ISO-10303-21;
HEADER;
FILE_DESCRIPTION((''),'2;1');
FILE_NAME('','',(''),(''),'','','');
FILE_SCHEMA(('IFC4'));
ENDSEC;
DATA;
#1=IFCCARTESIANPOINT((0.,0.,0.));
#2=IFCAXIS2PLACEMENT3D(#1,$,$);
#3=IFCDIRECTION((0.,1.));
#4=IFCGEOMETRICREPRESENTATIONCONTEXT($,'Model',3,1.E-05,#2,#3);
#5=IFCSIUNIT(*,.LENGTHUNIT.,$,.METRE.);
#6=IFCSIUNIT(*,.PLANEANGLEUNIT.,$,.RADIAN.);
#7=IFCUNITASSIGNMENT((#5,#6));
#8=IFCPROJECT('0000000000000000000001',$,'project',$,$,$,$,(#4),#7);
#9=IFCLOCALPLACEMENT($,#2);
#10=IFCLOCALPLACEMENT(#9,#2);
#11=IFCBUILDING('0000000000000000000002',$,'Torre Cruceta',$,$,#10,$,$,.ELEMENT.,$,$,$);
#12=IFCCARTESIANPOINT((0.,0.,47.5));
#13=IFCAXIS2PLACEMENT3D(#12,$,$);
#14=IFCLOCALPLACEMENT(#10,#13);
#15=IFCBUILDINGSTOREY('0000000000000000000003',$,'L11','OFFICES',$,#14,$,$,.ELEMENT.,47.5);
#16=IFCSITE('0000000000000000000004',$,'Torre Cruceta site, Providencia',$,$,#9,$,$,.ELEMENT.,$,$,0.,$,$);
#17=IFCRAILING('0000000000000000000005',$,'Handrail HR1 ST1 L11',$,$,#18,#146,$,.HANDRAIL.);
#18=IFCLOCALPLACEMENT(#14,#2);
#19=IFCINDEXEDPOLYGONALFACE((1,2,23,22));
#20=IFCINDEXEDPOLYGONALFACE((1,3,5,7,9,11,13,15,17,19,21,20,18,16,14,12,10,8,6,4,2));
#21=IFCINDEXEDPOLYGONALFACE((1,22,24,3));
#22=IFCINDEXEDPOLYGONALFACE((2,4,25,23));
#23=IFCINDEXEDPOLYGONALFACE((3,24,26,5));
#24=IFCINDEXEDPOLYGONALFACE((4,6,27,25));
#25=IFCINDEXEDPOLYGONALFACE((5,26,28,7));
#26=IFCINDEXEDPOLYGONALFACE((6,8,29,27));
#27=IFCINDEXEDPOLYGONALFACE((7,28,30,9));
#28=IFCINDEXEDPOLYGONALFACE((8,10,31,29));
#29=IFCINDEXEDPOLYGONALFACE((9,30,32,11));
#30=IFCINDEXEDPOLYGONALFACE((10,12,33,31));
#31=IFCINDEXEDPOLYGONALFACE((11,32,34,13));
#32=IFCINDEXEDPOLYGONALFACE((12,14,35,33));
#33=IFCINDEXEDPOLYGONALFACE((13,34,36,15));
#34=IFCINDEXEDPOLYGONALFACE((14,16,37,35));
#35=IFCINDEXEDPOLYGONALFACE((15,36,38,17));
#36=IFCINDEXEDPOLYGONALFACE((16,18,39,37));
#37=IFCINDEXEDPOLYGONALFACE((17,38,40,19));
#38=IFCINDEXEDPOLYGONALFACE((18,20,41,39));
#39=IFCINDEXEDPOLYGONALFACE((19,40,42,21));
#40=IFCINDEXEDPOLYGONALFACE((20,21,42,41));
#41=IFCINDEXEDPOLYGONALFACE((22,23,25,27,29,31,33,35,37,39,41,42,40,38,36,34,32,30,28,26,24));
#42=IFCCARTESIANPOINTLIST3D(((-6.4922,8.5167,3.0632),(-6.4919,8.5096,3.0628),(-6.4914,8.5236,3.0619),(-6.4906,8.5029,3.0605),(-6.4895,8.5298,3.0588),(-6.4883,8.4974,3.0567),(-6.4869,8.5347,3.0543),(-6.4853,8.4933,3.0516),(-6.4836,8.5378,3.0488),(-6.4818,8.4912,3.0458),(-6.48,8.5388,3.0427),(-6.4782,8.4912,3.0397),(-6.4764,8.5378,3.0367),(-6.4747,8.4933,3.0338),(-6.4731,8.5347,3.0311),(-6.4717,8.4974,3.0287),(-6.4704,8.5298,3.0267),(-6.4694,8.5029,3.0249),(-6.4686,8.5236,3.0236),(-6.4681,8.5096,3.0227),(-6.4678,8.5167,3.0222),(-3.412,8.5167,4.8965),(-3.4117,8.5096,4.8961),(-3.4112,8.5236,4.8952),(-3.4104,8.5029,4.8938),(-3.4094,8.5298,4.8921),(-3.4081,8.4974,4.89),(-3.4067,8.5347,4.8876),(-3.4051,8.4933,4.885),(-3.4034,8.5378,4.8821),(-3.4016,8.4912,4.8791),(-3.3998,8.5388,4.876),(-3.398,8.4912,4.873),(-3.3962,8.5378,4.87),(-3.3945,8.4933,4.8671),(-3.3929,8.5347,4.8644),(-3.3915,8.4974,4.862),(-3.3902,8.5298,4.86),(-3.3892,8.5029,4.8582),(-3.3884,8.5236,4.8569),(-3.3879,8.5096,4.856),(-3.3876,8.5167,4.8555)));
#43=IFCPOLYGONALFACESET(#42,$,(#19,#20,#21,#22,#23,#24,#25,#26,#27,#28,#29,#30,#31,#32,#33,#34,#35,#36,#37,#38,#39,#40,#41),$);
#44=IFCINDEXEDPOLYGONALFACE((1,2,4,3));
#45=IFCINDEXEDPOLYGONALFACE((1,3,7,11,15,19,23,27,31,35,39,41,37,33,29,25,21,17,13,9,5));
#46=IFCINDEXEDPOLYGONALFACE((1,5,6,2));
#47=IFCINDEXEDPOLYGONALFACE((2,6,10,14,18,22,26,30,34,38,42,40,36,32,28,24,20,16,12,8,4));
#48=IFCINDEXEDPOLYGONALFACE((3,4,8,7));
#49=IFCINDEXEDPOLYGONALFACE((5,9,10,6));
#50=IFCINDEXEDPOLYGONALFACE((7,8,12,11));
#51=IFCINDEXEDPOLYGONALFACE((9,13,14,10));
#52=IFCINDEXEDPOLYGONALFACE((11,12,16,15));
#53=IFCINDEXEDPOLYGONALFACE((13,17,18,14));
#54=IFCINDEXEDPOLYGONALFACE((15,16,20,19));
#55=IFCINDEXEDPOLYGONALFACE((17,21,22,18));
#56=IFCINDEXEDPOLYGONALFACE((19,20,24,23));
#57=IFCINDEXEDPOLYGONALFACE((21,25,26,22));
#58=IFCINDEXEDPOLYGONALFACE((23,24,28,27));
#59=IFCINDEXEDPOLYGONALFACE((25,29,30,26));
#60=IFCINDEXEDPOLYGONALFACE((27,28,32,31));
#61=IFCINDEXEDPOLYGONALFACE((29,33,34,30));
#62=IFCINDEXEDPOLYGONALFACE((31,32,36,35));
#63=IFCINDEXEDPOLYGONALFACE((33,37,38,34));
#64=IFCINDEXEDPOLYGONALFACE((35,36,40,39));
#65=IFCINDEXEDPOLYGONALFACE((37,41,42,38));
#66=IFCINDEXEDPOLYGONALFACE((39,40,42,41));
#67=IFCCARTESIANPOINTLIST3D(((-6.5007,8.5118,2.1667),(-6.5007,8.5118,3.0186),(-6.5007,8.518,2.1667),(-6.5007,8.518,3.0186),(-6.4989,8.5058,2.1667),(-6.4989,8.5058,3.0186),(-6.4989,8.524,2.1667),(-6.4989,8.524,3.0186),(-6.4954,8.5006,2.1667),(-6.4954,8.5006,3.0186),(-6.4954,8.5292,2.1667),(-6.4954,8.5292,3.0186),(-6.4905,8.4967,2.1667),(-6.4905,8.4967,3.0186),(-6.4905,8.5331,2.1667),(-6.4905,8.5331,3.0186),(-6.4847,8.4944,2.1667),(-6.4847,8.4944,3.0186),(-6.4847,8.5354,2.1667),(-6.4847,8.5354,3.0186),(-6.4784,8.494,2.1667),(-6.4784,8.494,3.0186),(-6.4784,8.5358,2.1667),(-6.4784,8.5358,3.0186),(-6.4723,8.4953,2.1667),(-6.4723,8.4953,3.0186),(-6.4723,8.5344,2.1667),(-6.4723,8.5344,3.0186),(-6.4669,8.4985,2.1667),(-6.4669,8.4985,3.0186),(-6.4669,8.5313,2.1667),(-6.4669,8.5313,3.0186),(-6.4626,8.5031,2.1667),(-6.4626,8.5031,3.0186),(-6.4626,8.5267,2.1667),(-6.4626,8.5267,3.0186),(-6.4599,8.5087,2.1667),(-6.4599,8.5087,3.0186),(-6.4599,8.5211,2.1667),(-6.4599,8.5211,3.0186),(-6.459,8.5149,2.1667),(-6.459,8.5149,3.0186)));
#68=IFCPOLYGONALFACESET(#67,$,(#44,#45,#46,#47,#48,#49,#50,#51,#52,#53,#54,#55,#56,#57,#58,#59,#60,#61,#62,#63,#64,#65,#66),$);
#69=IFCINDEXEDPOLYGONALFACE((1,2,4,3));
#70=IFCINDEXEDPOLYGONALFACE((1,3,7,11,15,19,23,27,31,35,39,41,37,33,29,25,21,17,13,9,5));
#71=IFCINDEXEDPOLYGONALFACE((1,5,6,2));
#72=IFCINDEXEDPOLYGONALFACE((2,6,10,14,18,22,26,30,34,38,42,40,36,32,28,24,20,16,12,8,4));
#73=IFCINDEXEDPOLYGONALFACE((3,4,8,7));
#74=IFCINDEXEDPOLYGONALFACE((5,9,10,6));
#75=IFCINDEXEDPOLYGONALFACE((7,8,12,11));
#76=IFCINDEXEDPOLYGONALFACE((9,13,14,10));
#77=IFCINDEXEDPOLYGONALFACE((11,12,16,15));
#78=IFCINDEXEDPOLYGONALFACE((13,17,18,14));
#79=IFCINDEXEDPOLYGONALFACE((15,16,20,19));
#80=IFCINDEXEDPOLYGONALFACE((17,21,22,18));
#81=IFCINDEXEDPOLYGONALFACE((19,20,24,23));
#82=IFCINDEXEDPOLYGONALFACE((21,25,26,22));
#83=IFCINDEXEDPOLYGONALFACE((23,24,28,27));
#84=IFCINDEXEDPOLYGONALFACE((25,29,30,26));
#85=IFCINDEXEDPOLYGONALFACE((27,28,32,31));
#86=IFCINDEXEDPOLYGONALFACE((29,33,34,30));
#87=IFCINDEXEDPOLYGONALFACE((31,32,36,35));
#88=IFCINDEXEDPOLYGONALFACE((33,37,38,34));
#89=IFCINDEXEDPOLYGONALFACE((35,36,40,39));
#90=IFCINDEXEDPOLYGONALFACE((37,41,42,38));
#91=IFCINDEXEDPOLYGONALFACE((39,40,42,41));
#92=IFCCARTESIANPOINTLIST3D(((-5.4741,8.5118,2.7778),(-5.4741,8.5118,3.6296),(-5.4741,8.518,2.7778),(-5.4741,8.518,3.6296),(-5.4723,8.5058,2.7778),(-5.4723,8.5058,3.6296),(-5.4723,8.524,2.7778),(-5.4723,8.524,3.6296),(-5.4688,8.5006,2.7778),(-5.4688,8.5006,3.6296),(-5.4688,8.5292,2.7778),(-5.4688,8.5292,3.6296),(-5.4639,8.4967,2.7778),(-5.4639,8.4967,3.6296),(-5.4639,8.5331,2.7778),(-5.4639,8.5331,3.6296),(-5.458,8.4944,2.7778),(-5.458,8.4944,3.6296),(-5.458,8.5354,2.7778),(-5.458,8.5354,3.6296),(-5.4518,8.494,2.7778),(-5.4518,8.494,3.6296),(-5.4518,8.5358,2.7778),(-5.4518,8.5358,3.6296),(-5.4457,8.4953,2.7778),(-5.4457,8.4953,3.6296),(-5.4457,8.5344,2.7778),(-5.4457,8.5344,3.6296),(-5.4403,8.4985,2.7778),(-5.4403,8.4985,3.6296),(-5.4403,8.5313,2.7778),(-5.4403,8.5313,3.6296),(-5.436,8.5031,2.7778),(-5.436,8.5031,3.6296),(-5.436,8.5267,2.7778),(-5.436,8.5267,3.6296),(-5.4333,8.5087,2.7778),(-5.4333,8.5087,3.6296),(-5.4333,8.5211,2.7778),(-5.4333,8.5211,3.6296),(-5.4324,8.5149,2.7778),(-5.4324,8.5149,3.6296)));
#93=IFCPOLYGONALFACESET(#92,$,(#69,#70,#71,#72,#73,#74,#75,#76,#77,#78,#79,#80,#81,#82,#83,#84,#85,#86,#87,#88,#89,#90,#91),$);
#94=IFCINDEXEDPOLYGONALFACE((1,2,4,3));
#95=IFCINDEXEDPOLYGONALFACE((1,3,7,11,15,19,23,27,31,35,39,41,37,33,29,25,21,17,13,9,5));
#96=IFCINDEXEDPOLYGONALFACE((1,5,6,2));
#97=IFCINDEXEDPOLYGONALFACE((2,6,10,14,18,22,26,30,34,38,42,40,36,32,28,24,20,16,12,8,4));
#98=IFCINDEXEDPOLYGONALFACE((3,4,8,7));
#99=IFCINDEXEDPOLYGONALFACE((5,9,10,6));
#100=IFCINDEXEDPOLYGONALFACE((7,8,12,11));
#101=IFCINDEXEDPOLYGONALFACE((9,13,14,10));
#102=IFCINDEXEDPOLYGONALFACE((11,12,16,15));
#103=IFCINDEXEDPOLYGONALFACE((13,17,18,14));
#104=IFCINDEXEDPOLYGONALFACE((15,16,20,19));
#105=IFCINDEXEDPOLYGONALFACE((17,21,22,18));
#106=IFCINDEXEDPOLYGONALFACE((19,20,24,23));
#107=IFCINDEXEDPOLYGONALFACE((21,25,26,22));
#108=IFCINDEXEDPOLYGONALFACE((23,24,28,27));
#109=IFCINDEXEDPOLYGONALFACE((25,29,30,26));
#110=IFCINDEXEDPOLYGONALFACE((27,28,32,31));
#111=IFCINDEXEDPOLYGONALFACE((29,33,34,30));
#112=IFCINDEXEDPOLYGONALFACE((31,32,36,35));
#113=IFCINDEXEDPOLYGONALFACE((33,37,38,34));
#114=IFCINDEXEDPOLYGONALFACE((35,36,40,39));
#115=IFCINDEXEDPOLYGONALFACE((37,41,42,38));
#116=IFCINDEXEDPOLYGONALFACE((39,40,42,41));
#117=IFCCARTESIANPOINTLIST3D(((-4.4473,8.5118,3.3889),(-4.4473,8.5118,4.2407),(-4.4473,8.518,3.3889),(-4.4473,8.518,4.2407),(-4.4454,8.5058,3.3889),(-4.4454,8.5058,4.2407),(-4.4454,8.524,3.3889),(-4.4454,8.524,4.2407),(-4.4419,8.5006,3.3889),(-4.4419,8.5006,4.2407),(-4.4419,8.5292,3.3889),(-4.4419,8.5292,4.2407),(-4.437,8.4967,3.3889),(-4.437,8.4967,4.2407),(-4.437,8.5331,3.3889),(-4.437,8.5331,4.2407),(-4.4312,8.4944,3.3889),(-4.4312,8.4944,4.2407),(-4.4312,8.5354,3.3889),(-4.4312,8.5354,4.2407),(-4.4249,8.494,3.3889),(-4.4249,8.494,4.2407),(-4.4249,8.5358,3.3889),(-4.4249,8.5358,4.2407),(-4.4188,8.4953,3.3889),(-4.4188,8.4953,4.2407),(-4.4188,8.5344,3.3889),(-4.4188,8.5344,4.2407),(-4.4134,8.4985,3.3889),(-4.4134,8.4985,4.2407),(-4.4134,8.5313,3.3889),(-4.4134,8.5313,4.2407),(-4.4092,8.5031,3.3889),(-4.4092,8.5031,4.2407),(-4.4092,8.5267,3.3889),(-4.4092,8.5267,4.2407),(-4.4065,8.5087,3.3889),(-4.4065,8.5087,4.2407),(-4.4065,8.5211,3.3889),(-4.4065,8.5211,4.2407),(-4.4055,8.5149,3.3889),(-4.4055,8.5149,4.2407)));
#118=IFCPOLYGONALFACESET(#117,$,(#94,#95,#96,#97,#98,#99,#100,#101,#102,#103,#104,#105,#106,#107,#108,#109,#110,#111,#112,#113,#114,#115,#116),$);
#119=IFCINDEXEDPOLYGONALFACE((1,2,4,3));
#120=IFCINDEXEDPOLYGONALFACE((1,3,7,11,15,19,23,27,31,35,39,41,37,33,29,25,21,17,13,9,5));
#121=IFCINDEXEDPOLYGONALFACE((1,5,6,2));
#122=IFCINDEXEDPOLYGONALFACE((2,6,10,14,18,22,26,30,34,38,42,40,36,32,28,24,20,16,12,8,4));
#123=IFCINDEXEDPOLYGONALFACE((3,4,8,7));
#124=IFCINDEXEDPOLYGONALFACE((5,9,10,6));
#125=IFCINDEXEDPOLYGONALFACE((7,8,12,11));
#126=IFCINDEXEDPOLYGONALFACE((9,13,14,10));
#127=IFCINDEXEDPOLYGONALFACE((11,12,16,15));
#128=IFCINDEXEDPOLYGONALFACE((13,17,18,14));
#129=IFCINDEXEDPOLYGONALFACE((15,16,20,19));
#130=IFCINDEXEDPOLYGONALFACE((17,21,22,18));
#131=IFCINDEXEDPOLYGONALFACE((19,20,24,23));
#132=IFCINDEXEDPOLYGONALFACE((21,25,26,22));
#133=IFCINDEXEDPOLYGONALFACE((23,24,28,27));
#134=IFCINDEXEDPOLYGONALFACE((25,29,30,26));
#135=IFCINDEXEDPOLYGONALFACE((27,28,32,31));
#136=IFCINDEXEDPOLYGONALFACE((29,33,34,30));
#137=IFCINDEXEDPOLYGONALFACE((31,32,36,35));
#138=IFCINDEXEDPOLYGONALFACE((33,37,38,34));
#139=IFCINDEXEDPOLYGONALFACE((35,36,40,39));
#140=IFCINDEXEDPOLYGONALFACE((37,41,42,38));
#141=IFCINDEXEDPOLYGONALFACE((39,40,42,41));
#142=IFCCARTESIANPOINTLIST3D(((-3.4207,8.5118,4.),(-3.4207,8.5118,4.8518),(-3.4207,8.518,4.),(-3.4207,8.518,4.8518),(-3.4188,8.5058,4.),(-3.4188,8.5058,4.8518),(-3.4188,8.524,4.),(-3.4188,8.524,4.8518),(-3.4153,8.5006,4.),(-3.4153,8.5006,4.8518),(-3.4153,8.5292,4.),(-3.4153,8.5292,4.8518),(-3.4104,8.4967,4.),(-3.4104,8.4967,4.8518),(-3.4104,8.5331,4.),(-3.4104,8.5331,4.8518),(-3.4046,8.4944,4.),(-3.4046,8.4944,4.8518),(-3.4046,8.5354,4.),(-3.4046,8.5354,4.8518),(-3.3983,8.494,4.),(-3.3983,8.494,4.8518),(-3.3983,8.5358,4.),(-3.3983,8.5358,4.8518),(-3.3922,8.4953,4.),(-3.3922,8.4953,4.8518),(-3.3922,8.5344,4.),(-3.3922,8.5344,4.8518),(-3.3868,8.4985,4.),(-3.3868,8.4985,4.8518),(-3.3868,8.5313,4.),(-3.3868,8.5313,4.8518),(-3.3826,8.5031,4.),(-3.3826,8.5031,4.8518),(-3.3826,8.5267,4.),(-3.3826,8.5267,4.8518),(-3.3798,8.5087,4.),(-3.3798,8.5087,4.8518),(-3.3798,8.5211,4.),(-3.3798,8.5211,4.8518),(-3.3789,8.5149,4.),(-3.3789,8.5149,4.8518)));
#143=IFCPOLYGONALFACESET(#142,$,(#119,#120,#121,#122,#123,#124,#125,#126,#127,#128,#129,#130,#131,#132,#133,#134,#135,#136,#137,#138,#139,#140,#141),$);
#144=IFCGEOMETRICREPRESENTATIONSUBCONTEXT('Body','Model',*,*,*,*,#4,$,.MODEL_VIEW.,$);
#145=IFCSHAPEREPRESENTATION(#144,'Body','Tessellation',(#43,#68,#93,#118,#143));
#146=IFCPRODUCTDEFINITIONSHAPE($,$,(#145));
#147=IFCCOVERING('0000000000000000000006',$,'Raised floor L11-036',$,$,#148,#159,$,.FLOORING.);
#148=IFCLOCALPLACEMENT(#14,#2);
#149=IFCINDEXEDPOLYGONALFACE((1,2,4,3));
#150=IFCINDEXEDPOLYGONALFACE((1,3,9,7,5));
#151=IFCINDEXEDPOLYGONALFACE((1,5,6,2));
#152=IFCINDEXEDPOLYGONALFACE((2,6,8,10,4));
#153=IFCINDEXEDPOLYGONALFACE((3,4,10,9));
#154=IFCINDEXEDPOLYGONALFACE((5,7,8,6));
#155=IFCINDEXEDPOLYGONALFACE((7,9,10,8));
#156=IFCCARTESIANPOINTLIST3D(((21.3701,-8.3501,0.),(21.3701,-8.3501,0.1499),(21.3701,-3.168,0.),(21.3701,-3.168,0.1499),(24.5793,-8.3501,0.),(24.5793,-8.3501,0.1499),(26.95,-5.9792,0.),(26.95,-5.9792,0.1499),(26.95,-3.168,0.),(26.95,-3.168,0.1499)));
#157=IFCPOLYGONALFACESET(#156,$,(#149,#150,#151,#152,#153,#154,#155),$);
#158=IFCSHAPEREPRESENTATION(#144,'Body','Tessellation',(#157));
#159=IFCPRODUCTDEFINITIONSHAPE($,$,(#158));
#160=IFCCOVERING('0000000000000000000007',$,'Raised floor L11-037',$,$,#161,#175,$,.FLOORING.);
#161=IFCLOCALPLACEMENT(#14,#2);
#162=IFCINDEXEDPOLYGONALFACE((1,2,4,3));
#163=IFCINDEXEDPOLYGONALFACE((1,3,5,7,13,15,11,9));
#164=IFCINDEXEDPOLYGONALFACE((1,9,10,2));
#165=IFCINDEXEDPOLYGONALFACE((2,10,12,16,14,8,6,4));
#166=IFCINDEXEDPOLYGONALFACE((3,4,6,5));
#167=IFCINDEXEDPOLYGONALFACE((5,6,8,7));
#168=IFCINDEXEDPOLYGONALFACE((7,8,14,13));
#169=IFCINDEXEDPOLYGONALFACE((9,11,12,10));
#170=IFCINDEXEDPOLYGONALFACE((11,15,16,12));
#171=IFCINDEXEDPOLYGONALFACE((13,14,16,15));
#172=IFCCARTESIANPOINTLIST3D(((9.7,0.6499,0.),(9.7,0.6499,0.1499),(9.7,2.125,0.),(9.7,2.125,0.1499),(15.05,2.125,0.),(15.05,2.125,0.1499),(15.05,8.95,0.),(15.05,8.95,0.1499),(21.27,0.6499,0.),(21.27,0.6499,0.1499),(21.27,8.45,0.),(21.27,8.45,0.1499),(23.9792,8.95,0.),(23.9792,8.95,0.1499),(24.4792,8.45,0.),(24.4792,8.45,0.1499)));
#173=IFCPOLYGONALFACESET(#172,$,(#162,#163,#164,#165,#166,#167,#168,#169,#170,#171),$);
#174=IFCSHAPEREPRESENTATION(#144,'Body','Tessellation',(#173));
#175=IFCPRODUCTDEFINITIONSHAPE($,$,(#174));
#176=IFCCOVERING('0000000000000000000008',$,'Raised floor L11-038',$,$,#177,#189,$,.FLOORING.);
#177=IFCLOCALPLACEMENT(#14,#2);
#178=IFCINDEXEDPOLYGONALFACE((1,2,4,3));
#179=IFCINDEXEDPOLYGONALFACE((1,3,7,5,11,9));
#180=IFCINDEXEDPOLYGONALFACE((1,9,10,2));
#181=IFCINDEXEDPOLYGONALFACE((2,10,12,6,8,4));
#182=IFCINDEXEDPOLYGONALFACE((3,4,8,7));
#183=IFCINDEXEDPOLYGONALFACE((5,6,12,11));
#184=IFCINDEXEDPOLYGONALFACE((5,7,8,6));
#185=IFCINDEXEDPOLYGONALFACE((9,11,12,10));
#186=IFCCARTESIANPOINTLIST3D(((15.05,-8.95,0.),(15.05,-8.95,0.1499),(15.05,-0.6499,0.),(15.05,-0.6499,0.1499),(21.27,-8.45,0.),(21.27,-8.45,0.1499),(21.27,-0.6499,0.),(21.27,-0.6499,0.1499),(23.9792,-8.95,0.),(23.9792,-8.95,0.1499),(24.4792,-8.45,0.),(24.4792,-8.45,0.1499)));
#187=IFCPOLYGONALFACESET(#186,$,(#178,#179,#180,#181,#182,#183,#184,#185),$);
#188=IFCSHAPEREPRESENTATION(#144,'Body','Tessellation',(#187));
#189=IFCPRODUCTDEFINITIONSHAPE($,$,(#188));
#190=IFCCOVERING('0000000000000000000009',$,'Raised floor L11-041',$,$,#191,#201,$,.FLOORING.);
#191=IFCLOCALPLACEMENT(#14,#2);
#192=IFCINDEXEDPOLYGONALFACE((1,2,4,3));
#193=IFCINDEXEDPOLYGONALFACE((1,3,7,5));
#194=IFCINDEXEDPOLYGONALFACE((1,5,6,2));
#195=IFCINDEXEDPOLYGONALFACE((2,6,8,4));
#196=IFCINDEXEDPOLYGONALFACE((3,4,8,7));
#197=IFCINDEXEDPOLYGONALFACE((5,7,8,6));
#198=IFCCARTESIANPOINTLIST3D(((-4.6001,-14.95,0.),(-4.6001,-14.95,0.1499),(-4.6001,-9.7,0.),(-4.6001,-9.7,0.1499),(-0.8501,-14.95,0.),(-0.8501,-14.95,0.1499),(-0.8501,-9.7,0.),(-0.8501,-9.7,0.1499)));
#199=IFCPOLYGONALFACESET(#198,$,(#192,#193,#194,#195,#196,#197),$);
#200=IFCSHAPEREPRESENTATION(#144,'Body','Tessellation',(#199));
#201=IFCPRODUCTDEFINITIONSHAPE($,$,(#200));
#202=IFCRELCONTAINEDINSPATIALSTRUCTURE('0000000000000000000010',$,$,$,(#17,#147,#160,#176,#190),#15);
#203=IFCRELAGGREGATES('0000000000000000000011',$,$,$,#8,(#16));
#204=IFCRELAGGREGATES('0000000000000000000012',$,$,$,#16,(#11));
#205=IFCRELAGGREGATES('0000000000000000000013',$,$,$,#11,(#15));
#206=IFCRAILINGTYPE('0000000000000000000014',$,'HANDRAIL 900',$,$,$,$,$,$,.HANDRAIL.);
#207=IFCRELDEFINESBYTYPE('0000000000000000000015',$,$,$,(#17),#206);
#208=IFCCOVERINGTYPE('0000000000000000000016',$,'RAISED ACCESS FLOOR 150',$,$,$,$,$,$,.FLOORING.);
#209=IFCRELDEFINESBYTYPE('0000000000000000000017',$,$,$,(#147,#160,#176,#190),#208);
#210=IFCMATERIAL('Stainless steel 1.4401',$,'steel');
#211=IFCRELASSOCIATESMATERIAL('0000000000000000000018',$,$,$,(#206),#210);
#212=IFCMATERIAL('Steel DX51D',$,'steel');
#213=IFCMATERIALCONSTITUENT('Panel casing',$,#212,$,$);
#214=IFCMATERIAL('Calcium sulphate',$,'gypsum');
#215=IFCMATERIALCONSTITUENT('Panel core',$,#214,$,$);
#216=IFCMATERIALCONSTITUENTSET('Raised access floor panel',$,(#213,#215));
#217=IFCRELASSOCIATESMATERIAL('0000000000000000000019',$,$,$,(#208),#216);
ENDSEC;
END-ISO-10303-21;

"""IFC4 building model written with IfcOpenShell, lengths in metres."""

from ifc_helpers import new_model, si_unit, direction, frame, origin, origin_2d, place, context, subcontext, project, spatial, polyline, circle, outline, extrude, material, constituent, constituent_set, type_object, element, save


model = new_model("IFC4")

# Units and contexts
model_context = context("Model", 3, precision=1e-05, world=origin(), true_north=direction((0.0, 1.0)))
body_context = subcontext(model_context, "Body", "Model", "MODEL_VIEW")
ifc_project = project(units=[si_unit("LENGTHUNIT", "METRE"), si_unit("PLANEANGLEUNIT", "RADIAN")], contexts=[model_context])

# Site, building, storey
site_placement = place(None, origin())
site = spatial("IfcSite", under=ifc_project, at=site_placement, Name="Torre Cruceta site, Providencia", CompositionType="ELEMENT", RefElevation=0.0)
building_placement = place(site_placement, origin())
building = spatial("IfcBuilding", under=site, at=building_placement, Name="Torre Cruceta", CompositionType="ELEMENT")
storey_placement = place(building_placement, frame((0.0, 0.0, 47.5)))
storey = spatial("IfcBuildingStorey", under=building, at=storey_placement, Name="L11", Description="OFFICES", CompositionType="ELEMENT", Elevation=47.5)

# Railing
ifc_material_1 = material(Name="Stainless steel 1.4401", Category="steel")
railing_type = type_object("IfcRailingType", Name="HANDRAIL 900", PredefinedType="HANDRAIL", material=ifc_material_1)
railing_1_placement = place(storey_placement, frame((-6.48, 8.5149, 2.1667)))
element("IfcRailing", 1, at=railing_1_placement, inside=storey, type_object=railing_type, Name="Handrail HR1 ST1 L11", PredefinedType="HANDRAIL", context=body_context, shape_type="SweptSolid", body=[
    extrude(circle(Radius=0.0239, at=origin_2d()), frame((0.0, 0.0, 0.876), z_axis=(0.859309, 0.0, 0.511458), x_axis=(0.0, 1.0, 0.0)), (0.0, 0.0, 1.0), 3.5845),
    extrude(circle(Radius=0.021, at=origin_2d()), origin(), (0.0, 0.0, 1.0), 0.8518),
    extrude(circle(Radius=0.021, at=origin_2d()), frame((1.0266, 0.0, 0.6111)), (0.0, 0.0, 1.0), 0.8518),
    extrude(circle(Radius=0.021, at=origin_2d()), frame((2.0535, 0.0, 1.2222)), (0.0, 0.0, 1.0), 0.8518),
    extrude(circle(Radius=0.021, at=origin_2d()), frame((3.0801, 0.0, 1.8333)), (0.0, 0.0, 1.0), 0.8518),
])

# Coverings
ifc_material_2 = material(Name="Steel DX51D", Category="steel")
ifc_constituent_1 = constituent(ifc_material_2, Name="Panel casing")
ifc_material_3 = material(Name="Calcium sulphate", Category="gypsum")
ifc_constituent_2 = constituent(ifc_material_3, Name="Panel core")
ifc_constituent_set_1 = constituent_set(constituents=[ifc_constituent_1, ifc_constituent_2], Name="Raised access floor panel")
covering_type_1 = type_object("IfcCoveringType", Name="RAISED ACCESS FLOOR 150", PredefinedType="FLOORING", material=ifc_constituent_set_1)
covering_1_placement = place(storey_placement, origin())
element("IfcCovering", 2, at=covering_1_placement, inside=storey, type_object=covering_type_1, Name="Raised floor L11-036", PredefinedType="FLOORING", context=body_context, shape_type="SweptSolid", body=[
    extrude(outline(polyline([(24.5793, -8.3501), (21.3701, -8.3501), (21.3701, -3.168), (26.95, -3.168), (26.95, -5.9792), (24.5793, -8.3501)])), origin(), (0.0, 0.0, 1.0), 0.1499),
])
covering_2_placement = place(storey_placement, origin())
element("IfcCovering", 3, at=covering_2_placement, inside=storey, type_object=covering_type_1, Name="Raised floor L11-037", PredefinedType="FLOORING", context=body_context, shape_type="SweptSolid", body=[
    extrude(outline(polyline([(9.7, 2.125), (15.05, 2.125), (15.05, 8.95), (23.9792, 8.95), (24.4792, 8.45), (21.27, 8.45), (21.27, 0.6499), (9.7, 0.6499), (9.7, 2.125)])), origin(), (0.0, 0.0, 1.0), 0.1499),
])
covering_3_placement = place(storey_placement, origin())
element("IfcCovering", 4, at=covering_3_placement, inside=storey, type_object=covering_type_1, Name="Raised floor L11-038", PredefinedType="FLOORING", context=body_context, shape_type="SweptSolid", body=[
    extrude(outline(polyline([(15.05, -8.95), (15.05, -0.6499), (21.27, -0.6499), (21.27, -8.45), (24.4792, -8.45), (23.9792, -8.95), (15.05, -8.95)])), origin(), (0.0, 0.0, 1.0), 0.1499),
])
covering_4_placement = place(storey_placement, origin())
element("IfcCovering", 5, at=covering_4_placement, inside=storey, type_object=covering_type_1, Name="Raised floor L11-041", PredefinedType="FLOORING", context=body_context, shape_type="SweptSolid", body=[
    extrude(outline(polyline([(-4.6001, -9.7), (-0.8501, -9.7), (-0.8501, -14.95), (-4.6001, -14.95), (-4.6001, -9.7)])), origin(), (0.0, 0.0, 1.0), 0.1499),
])

save(model, "model.ifc")
